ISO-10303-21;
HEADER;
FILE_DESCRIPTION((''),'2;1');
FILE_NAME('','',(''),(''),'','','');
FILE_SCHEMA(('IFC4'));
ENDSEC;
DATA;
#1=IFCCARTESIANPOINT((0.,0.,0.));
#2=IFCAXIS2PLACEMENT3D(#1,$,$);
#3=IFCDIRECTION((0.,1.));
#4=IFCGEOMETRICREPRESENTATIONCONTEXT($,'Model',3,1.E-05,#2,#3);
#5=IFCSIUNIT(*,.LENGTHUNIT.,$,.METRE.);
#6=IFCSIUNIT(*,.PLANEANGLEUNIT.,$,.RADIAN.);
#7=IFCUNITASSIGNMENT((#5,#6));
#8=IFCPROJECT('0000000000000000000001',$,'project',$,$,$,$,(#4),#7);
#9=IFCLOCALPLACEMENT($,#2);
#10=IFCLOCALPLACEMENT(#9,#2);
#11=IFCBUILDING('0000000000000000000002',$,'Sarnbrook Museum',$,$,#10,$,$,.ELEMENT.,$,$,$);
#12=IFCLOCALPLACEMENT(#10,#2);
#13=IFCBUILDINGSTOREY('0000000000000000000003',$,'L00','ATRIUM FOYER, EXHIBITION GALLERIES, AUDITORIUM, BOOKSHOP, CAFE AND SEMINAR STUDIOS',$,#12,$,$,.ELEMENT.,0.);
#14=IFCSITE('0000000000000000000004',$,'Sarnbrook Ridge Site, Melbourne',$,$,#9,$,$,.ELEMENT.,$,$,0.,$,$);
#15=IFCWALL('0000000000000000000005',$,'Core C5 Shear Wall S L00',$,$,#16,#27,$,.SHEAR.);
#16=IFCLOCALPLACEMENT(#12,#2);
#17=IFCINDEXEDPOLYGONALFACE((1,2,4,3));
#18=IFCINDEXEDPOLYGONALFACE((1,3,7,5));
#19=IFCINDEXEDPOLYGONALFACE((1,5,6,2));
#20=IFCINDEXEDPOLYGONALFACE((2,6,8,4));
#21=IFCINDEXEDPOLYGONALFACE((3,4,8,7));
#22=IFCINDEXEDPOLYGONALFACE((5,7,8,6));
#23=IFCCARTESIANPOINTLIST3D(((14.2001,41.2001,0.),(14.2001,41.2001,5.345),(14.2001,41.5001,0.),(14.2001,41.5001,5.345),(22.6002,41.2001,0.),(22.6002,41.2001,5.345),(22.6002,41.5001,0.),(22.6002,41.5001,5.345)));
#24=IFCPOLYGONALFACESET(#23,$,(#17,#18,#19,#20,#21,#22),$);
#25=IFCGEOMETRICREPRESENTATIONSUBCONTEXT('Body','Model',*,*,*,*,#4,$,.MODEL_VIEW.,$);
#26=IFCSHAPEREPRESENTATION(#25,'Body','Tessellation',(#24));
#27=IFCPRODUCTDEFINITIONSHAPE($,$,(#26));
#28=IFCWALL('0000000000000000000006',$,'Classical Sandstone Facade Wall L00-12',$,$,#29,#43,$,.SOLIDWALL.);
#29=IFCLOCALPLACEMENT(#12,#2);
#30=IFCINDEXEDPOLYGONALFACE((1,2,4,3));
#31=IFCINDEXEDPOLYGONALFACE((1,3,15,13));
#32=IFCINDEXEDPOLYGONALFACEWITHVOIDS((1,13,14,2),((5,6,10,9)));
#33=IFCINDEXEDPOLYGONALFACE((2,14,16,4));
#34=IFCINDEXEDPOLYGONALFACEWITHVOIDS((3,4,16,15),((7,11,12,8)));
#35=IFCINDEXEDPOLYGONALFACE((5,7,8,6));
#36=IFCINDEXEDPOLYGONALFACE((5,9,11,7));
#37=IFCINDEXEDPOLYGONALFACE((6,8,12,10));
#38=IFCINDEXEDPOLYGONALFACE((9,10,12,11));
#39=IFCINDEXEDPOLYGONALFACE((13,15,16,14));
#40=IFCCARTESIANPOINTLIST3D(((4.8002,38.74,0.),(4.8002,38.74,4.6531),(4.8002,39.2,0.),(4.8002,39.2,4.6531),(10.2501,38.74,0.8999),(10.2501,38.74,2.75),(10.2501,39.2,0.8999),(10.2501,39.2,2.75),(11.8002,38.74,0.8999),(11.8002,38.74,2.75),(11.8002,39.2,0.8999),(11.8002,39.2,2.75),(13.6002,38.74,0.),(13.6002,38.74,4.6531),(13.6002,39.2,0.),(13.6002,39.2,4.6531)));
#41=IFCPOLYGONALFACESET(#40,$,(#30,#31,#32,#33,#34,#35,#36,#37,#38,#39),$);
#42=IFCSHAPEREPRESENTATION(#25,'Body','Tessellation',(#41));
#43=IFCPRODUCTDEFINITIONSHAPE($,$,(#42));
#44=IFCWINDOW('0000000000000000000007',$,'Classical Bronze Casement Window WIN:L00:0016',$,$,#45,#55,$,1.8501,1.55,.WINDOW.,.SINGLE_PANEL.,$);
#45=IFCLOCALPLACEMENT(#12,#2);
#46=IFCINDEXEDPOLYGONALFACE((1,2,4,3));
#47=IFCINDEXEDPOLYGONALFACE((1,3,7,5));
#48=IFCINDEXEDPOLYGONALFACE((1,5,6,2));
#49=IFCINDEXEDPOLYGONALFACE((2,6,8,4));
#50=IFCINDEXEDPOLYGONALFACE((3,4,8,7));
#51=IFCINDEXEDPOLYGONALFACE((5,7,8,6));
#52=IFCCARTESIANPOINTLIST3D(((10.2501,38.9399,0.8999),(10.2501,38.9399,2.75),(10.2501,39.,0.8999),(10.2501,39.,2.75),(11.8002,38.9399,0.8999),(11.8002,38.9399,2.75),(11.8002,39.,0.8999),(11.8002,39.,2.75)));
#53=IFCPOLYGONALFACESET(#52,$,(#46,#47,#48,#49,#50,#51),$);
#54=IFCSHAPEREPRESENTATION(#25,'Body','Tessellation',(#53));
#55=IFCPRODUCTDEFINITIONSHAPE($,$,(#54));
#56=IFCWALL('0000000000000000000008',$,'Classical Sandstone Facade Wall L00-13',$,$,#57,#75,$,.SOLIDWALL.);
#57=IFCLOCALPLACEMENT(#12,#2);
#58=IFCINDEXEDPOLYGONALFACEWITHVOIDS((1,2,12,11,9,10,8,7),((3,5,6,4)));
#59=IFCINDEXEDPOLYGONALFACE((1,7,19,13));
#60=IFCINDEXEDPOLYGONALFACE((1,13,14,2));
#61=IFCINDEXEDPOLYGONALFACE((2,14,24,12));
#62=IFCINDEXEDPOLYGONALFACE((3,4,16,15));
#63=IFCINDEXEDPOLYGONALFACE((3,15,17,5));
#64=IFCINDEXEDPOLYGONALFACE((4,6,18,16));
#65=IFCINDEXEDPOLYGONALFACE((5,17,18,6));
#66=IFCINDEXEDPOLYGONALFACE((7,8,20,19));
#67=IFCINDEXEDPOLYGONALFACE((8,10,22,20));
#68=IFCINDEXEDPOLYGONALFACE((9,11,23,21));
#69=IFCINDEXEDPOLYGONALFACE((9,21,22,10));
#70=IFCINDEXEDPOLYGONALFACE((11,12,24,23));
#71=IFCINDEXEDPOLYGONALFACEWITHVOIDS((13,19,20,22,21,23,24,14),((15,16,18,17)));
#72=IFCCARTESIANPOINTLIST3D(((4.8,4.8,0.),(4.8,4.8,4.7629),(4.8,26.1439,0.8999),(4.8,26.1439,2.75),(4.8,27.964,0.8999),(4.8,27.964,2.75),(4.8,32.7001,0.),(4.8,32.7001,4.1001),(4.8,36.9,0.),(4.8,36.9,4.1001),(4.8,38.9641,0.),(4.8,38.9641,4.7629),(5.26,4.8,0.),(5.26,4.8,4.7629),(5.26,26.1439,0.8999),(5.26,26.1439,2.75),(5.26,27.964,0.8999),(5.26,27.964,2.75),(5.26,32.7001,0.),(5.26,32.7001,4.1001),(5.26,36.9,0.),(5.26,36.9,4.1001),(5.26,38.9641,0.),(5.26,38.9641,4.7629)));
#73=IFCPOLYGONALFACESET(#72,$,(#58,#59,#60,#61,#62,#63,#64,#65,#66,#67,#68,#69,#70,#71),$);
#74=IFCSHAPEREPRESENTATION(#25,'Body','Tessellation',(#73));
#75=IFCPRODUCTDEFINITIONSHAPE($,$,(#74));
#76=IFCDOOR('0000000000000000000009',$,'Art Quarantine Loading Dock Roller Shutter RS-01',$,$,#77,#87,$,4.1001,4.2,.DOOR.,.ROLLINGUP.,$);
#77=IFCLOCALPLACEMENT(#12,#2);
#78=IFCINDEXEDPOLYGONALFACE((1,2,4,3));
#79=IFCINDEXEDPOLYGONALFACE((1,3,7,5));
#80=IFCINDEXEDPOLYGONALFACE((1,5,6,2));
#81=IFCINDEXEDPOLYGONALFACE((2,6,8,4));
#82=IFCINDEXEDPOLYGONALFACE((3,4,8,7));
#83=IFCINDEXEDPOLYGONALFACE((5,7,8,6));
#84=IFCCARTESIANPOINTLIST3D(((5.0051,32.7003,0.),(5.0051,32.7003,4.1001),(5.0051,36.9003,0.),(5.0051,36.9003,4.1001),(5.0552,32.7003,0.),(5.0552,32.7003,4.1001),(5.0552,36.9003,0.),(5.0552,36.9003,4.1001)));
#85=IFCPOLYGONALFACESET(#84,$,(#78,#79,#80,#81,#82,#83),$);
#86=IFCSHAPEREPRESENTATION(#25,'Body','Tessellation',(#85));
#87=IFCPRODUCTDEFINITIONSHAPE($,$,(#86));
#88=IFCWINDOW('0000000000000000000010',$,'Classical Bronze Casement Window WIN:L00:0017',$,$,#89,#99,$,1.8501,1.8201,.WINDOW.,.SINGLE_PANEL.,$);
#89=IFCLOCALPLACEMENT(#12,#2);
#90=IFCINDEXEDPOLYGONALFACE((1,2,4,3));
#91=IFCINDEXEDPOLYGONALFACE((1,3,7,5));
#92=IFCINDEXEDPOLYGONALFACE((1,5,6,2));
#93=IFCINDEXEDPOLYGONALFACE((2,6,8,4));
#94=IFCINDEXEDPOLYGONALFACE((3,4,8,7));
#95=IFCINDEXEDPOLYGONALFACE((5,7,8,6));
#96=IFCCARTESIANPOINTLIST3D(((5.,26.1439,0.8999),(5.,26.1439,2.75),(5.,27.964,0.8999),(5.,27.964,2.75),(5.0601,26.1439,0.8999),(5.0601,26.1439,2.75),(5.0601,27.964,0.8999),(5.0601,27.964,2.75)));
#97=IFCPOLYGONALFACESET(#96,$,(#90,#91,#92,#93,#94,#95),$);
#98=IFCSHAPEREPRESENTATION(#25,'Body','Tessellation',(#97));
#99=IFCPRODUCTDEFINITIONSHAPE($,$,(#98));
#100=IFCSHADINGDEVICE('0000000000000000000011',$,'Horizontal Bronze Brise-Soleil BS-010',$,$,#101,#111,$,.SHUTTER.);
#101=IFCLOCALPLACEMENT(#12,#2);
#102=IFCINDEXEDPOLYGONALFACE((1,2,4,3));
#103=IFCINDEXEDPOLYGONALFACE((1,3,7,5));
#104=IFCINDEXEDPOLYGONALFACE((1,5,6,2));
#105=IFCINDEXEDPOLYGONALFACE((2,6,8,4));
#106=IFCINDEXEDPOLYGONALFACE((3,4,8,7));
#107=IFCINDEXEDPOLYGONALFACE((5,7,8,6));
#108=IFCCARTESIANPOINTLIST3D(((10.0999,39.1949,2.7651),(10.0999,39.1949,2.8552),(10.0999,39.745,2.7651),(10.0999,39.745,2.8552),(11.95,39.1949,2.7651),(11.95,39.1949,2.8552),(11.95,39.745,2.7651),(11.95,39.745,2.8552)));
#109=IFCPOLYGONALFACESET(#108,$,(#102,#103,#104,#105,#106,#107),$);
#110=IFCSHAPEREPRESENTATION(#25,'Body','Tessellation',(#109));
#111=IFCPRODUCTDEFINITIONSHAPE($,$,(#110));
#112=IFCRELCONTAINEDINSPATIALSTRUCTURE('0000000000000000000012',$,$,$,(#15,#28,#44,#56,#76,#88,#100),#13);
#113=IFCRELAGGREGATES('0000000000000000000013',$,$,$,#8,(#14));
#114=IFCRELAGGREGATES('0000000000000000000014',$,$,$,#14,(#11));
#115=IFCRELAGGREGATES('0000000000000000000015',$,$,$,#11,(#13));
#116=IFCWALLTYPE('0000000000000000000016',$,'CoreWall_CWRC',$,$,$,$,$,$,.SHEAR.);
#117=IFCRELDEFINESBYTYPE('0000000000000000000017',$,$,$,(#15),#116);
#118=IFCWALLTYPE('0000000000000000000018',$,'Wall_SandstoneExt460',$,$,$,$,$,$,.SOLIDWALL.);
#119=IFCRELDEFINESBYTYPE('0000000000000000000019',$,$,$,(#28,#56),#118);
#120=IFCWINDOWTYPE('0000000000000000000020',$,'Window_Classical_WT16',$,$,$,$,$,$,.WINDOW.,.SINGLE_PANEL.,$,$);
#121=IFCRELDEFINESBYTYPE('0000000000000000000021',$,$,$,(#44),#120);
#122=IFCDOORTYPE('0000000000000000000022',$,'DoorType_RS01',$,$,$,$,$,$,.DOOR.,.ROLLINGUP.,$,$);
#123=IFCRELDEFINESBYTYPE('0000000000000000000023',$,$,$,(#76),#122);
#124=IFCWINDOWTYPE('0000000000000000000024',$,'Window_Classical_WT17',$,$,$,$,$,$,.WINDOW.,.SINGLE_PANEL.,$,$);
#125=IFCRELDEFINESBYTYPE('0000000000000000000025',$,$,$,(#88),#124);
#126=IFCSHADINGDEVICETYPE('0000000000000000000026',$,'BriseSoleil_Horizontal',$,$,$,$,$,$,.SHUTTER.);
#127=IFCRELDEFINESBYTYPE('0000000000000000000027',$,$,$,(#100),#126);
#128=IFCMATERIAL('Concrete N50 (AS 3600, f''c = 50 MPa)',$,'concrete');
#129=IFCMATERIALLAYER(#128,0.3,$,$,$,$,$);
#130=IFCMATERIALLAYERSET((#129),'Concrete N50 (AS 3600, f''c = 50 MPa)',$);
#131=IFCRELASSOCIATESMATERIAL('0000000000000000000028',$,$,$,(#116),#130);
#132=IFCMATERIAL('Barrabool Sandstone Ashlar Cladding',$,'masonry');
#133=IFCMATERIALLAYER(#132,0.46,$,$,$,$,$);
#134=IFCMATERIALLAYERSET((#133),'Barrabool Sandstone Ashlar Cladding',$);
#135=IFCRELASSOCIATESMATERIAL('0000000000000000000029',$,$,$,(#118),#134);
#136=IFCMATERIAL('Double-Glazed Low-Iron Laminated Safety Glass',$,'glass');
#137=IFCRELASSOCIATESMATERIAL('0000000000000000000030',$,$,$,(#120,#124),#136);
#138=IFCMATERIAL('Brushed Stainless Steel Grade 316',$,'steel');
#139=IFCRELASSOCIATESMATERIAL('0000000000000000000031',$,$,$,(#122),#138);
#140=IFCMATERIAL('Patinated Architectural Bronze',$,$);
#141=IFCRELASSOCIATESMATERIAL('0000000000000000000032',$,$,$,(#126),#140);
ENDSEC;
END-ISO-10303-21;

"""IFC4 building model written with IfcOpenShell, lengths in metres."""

from ifc_helpers import new_model, si_unit, direction, frame, frame_2d, origin, origin_2d, place, context, subcontext, project, spatial, rectangle, extrude, material, layer, layer_set, type_object, element, fill, save


model = new_model("IFC4")

# Units and contexts
model_context = context("Model", 3, precision=1e-05, world=origin(), true_north=direction((0.0, 1.0)))
body_context = subcontext(model_context, "Body", "Model", "MODEL_VIEW")
ifc_project = project(units=[si_unit("LENGTHUNIT", "METRE"), si_unit("PLANEANGLEUNIT", "RADIAN")], contexts=[model_context])

# Site, building, storey
site_placement = place(None, origin())
site = spatial("IfcSite", under=ifc_project, at=site_placement, Name="Sarnbrook Ridge Site, Melbourne", CompositionType="ELEMENT", RefElevation=0.0)
building_placement = place(site_placement, origin())
building = spatial("IfcBuilding", under=site, at=building_placement, Name="Sarnbrook Museum", CompositionType="ELEMENT")
storey_placement = place(building_placement, origin())
storey = spatial("IfcBuildingStorey", under=building, at=storey_placement, Name="L00", Description="ATRIUM FOYER, EXHIBITION GALLERIES, AUDITORIUM, BOOKSHOP, CAFE AND SEMINAR STUDIOS", CompositionType="ELEMENT", Elevation=0.0)

# Wall
ifc_material_1 = material(Name="Concrete N50 (AS 3600, f'c = 50 MPa)", Category="concrete")
ifc_layer_1 = layer(ifc_material_1, 0.3)
ifc_layer_set_1 = layer_set([ifc_layer_1], Name="Concrete N50 (AS 3600, f'c = 50 MPa)")
wall_type_1 = type_object("IfcWallType", Name="CoreWall_CWRC", PredefinedType="SHEAR", material=ifc_layer_set_1)
wall_1_placement = place(storey_placement, frame((14.2, 41.3501, 0.0), z_axis=(0.0, 0.0, 1.0), x_axis=(1.0, 0.0, 0.0)))
element("IfcWall", 1, at=wall_1_placement, inside=storey, type_object=wall_type_1, Name="Core C5 Shear Wall S L00", PredefinedType="SHEAR", context=body_context, shape_type="SweptSolid", body=[
    extrude(rectangle(XDim=8.4001, YDim=0.3, at=frame_2d((4.2002, 0.0))), origin(), (0.0, 0.0, 1.0), 5.345),
])

# Wall, opening, window
ifc_material_2 = material(Name="Barrabool Sandstone Ashlar Cladding", Category="masonry")
ifc_layer_2 = layer(ifc_material_2, 0.46)
ifc_layer_set_2 = layer_set([ifc_layer_2], Name="Barrabool Sandstone Ashlar Cladding")
wall_type_2 = type_object("IfcWallType", Name="Wall_SandstoneExt460", PredefinedType="SOLIDWALL", material=ifc_layer_set_2)
wall_2_placement = place(storey_placement, frame((13.6001, 38.97, 0.0), z_axis=(0.0, 0.0, 1.0), x_axis=(-1.0, 0.0, 0.0)))
wall_2 = element("IfcWall", 2, at=wall_2_placement, inside=storey, type_object=wall_type_2, Name="Classical Sandstone Facade Wall L00-12", PredefinedType="SOLIDWALL", context=body_context, shape_type="SweptSolid", body=[
    extrude(rectangle(XDim=8.8, YDim=0.46, at=frame_2d((4.3999, 0.0))), origin(), (0.0, 0.0, 1.0), 4.6531),
])
opening_1_placement = place(wall_2_placement, frame((1.8, 0.0, 0.8999)))
opening_1 = element("IfcOpeningElement", 3, at=opening_1_placement, cuts=wall_2, PredefinedType="OPENING", context=body_context, shape_type="SweptSolid", body=[
    extrude(rectangle(XDim=1.55, YDim=1.8501, at=frame_2d((0.7749, 0.925))), frame((0.0, 0.24, 0.0), z_axis=(0.0, -1.0, 0.0), x_axis=(1.0, 0.0, 0.0)), (0.0, 0.0, 1.0), 0.48),
])
ifc_material_3 = material(Name="Double-Glazed Low-Iron Laminated Safety Glass", Category="glass")
window_type_1 = type_object("IfcWindowType", Name="Window_Classical_WT16", PartitioningType="SINGLE_PANEL", PredefinedType="WINDOW", material=ifc_material_3)
window_1_placement = place(opening_1_placement, origin())
window_1 = element("IfcWindow", 4, at=window_1_placement, inside=storey, type_object=window_type_1, Name="Classical Bronze Casement Window WIN:L00:0016", OverallHeight=1.8501, OverallWidth=1.55, PartitioningType="SINGLE_PANEL", PredefinedType="WINDOW", context=body_context, shape_type="SweptSolid", body=[
    extrude(rectangle(XDim=1.55, YDim=1.8501, at=frame_2d((0.7749, 0.925))), frame((0.0, 0.03, 0.0), z_axis=(0.0, -1.0, 0.0), x_axis=(1.0, 0.0, 0.0)), (0.0, 0.0, 1.0), 0.0601),
])
fill(opening_1, window_1)

# Wall, openings, door, window
wall_3_placement = place(storey_placement, frame((5.03, 38.9641, 0.0), z_axis=(0.0, 0.0, 1.0), x_axis=(0.0, -1.0, 0.0)))
wall_3 = element("IfcWall", 5, at=wall_3_placement, inside=storey, type_object=wall_type_2, Name="Classical Sandstone Facade Wall L00-13", PredefinedType="SOLIDWALL", context=body_context, shape_type="SweptSolid", body=[
    extrude(rectangle(XDim=34.1641, YDim=0.46, at=frame_2d((17.082, 0.0))), origin(), (0.0, 0.0, 1.0), 4.7629),
])
opening_2_placement = place(wall_3_placement, frame((2.064, 0.0, 0.0)))
opening_2 = element("IfcOpeningElement", 6, at=opening_2_placement, cuts=wall_3, PredefinedType="OPENING", context=body_context, shape_type="SweptSolid", body=[
    extrude(rectangle(XDim=4.2, YDim=4.1001, at=frame_2d((2.1001, 2.05))), frame((0.0, 0.24, 0.0), z_axis=(0.0, -1.0, 0.0), x_axis=(1.0, 0.0, 0.0)), (0.0, 0.0, 1.0), 0.48),
])
opening_3_placement = place(wall_3_placement, frame((11.0, 0.0, 0.8999)))
opening_3 = element("IfcOpeningElement", 7, at=opening_3_placement, cuts=wall_3, PredefinedType="OPENING", context=body_context, shape_type="SweptSolid", body=[
    extrude(rectangle(XDim=1.8201, YDim=1.8501, at=frame_2d((0.9102, 0.925))), frame((0.0, 0.24, 0.0), z_axis=(0.0, -1.0, 0.0), x_axis=(1.0, 0.0, 0.0)), (0.0, 0.0, 1.0), 0.48),
])
ifc_material_4 = material(Name="Brushed Stainless Steel Grade 316", Category="steel")
door_type = type_object("IfcDoorType", Name="DoorType_RS01", OperationType="ROLLINGUP", PredefinedType="DOOR", material=ifc_material_4)
door_placement = place(opening_2_placement, frame((4.2, 0.0, 0.0), z_axis=(0.0, 0.0, 1.0), x_axis=(-1.0, 0.0, 0.0)))
door = element("IfcDoor", 8, at=door_placement, inside=storey, type_object=door_type, Name="Art Quarantine Loading Dock Roller Shutter RS-01", OperationType="ROLLINGUP", OverallHeight=4.1001, OverallWidth=4.2, PredefinedType="DOOR", context=body_context, shape_type="SweptSolid", body=[
    extrude(rectangle(XDim=4.2, YDim=4.1001, at=frame_2d((2.1001, 2.05))), frame((0.0, 0.0249, 0.0), z_axis=(0.0, -1.0, 0.0), x_axis=(1.0, 0.0, 0.0)), (0.0, 0.0, 1.0), 0.05),
])
fill(opening_2, door)
window_type_2 = type_object("IfcWindowType", Name="Window_Classical_WT17", PartitioningType="SINGLE_PANEL", PredefinedType="WINDOW", material=ifc_material_3)
window_2_placement = place(opening_3_placement, origin())
window_2 = element("IfcWindow", 9, at=window_2_placement, inside=storey, type_object=window_type_2, Name="Classical Bronze Casement Window WIN:L00:0017", OverallHeight=1.8501, OverallWidth=1.8201, PartitioningType="SINGLE_PANEL", PredefinedType="WINDOW", context=body_context, shape_type="SweptSolid", body=[
    extrude(rectangle(XDim=1.8201, YDim=1.8501, at=frame_2d((0.9102, 0.925))), frame((0.0, 0.03, 0.0), z_axis=(0.0, -1.0, 0.0), x_axis=(1.0, 0.0, 0.0)), (0.0, 0.0, 1.0), 0.0601),
])
fill(opening_3, window_2)

# Shading device
ifc_material_5 = material(Name="Patinated Architectural Bronze")
shading_device_type_1 = type_object("IfcShadingDeviceType", Name="BriseSoleil_Horizontal", PredefinedType="SHUTTER", material=ifc_material_5)
shading_device_1_placement = place(storey_placement, frame((11.0249, 39.47, 2.7651), z_axis=(0.0, 0.0, 1.0), x_axis=(1.0, 0.0, 0.0)))
element("IfcShadingDevice", 10, at=shading_device_1_placement, inside=storey, type_object=shading_device_type_1, Name="Horizontal Bronze Brise-Soleil BS-010", PredefinedType="SHUTTER", context=body_context, shape_type="SweptSolid", body=[
    extrude(rectangle(XDim=1.8501, YDim=0.55, at=origin_2d()), origin(), (0.0, 0.0, 1.0), 0.0901),
])

save(model, "model.ifc")
